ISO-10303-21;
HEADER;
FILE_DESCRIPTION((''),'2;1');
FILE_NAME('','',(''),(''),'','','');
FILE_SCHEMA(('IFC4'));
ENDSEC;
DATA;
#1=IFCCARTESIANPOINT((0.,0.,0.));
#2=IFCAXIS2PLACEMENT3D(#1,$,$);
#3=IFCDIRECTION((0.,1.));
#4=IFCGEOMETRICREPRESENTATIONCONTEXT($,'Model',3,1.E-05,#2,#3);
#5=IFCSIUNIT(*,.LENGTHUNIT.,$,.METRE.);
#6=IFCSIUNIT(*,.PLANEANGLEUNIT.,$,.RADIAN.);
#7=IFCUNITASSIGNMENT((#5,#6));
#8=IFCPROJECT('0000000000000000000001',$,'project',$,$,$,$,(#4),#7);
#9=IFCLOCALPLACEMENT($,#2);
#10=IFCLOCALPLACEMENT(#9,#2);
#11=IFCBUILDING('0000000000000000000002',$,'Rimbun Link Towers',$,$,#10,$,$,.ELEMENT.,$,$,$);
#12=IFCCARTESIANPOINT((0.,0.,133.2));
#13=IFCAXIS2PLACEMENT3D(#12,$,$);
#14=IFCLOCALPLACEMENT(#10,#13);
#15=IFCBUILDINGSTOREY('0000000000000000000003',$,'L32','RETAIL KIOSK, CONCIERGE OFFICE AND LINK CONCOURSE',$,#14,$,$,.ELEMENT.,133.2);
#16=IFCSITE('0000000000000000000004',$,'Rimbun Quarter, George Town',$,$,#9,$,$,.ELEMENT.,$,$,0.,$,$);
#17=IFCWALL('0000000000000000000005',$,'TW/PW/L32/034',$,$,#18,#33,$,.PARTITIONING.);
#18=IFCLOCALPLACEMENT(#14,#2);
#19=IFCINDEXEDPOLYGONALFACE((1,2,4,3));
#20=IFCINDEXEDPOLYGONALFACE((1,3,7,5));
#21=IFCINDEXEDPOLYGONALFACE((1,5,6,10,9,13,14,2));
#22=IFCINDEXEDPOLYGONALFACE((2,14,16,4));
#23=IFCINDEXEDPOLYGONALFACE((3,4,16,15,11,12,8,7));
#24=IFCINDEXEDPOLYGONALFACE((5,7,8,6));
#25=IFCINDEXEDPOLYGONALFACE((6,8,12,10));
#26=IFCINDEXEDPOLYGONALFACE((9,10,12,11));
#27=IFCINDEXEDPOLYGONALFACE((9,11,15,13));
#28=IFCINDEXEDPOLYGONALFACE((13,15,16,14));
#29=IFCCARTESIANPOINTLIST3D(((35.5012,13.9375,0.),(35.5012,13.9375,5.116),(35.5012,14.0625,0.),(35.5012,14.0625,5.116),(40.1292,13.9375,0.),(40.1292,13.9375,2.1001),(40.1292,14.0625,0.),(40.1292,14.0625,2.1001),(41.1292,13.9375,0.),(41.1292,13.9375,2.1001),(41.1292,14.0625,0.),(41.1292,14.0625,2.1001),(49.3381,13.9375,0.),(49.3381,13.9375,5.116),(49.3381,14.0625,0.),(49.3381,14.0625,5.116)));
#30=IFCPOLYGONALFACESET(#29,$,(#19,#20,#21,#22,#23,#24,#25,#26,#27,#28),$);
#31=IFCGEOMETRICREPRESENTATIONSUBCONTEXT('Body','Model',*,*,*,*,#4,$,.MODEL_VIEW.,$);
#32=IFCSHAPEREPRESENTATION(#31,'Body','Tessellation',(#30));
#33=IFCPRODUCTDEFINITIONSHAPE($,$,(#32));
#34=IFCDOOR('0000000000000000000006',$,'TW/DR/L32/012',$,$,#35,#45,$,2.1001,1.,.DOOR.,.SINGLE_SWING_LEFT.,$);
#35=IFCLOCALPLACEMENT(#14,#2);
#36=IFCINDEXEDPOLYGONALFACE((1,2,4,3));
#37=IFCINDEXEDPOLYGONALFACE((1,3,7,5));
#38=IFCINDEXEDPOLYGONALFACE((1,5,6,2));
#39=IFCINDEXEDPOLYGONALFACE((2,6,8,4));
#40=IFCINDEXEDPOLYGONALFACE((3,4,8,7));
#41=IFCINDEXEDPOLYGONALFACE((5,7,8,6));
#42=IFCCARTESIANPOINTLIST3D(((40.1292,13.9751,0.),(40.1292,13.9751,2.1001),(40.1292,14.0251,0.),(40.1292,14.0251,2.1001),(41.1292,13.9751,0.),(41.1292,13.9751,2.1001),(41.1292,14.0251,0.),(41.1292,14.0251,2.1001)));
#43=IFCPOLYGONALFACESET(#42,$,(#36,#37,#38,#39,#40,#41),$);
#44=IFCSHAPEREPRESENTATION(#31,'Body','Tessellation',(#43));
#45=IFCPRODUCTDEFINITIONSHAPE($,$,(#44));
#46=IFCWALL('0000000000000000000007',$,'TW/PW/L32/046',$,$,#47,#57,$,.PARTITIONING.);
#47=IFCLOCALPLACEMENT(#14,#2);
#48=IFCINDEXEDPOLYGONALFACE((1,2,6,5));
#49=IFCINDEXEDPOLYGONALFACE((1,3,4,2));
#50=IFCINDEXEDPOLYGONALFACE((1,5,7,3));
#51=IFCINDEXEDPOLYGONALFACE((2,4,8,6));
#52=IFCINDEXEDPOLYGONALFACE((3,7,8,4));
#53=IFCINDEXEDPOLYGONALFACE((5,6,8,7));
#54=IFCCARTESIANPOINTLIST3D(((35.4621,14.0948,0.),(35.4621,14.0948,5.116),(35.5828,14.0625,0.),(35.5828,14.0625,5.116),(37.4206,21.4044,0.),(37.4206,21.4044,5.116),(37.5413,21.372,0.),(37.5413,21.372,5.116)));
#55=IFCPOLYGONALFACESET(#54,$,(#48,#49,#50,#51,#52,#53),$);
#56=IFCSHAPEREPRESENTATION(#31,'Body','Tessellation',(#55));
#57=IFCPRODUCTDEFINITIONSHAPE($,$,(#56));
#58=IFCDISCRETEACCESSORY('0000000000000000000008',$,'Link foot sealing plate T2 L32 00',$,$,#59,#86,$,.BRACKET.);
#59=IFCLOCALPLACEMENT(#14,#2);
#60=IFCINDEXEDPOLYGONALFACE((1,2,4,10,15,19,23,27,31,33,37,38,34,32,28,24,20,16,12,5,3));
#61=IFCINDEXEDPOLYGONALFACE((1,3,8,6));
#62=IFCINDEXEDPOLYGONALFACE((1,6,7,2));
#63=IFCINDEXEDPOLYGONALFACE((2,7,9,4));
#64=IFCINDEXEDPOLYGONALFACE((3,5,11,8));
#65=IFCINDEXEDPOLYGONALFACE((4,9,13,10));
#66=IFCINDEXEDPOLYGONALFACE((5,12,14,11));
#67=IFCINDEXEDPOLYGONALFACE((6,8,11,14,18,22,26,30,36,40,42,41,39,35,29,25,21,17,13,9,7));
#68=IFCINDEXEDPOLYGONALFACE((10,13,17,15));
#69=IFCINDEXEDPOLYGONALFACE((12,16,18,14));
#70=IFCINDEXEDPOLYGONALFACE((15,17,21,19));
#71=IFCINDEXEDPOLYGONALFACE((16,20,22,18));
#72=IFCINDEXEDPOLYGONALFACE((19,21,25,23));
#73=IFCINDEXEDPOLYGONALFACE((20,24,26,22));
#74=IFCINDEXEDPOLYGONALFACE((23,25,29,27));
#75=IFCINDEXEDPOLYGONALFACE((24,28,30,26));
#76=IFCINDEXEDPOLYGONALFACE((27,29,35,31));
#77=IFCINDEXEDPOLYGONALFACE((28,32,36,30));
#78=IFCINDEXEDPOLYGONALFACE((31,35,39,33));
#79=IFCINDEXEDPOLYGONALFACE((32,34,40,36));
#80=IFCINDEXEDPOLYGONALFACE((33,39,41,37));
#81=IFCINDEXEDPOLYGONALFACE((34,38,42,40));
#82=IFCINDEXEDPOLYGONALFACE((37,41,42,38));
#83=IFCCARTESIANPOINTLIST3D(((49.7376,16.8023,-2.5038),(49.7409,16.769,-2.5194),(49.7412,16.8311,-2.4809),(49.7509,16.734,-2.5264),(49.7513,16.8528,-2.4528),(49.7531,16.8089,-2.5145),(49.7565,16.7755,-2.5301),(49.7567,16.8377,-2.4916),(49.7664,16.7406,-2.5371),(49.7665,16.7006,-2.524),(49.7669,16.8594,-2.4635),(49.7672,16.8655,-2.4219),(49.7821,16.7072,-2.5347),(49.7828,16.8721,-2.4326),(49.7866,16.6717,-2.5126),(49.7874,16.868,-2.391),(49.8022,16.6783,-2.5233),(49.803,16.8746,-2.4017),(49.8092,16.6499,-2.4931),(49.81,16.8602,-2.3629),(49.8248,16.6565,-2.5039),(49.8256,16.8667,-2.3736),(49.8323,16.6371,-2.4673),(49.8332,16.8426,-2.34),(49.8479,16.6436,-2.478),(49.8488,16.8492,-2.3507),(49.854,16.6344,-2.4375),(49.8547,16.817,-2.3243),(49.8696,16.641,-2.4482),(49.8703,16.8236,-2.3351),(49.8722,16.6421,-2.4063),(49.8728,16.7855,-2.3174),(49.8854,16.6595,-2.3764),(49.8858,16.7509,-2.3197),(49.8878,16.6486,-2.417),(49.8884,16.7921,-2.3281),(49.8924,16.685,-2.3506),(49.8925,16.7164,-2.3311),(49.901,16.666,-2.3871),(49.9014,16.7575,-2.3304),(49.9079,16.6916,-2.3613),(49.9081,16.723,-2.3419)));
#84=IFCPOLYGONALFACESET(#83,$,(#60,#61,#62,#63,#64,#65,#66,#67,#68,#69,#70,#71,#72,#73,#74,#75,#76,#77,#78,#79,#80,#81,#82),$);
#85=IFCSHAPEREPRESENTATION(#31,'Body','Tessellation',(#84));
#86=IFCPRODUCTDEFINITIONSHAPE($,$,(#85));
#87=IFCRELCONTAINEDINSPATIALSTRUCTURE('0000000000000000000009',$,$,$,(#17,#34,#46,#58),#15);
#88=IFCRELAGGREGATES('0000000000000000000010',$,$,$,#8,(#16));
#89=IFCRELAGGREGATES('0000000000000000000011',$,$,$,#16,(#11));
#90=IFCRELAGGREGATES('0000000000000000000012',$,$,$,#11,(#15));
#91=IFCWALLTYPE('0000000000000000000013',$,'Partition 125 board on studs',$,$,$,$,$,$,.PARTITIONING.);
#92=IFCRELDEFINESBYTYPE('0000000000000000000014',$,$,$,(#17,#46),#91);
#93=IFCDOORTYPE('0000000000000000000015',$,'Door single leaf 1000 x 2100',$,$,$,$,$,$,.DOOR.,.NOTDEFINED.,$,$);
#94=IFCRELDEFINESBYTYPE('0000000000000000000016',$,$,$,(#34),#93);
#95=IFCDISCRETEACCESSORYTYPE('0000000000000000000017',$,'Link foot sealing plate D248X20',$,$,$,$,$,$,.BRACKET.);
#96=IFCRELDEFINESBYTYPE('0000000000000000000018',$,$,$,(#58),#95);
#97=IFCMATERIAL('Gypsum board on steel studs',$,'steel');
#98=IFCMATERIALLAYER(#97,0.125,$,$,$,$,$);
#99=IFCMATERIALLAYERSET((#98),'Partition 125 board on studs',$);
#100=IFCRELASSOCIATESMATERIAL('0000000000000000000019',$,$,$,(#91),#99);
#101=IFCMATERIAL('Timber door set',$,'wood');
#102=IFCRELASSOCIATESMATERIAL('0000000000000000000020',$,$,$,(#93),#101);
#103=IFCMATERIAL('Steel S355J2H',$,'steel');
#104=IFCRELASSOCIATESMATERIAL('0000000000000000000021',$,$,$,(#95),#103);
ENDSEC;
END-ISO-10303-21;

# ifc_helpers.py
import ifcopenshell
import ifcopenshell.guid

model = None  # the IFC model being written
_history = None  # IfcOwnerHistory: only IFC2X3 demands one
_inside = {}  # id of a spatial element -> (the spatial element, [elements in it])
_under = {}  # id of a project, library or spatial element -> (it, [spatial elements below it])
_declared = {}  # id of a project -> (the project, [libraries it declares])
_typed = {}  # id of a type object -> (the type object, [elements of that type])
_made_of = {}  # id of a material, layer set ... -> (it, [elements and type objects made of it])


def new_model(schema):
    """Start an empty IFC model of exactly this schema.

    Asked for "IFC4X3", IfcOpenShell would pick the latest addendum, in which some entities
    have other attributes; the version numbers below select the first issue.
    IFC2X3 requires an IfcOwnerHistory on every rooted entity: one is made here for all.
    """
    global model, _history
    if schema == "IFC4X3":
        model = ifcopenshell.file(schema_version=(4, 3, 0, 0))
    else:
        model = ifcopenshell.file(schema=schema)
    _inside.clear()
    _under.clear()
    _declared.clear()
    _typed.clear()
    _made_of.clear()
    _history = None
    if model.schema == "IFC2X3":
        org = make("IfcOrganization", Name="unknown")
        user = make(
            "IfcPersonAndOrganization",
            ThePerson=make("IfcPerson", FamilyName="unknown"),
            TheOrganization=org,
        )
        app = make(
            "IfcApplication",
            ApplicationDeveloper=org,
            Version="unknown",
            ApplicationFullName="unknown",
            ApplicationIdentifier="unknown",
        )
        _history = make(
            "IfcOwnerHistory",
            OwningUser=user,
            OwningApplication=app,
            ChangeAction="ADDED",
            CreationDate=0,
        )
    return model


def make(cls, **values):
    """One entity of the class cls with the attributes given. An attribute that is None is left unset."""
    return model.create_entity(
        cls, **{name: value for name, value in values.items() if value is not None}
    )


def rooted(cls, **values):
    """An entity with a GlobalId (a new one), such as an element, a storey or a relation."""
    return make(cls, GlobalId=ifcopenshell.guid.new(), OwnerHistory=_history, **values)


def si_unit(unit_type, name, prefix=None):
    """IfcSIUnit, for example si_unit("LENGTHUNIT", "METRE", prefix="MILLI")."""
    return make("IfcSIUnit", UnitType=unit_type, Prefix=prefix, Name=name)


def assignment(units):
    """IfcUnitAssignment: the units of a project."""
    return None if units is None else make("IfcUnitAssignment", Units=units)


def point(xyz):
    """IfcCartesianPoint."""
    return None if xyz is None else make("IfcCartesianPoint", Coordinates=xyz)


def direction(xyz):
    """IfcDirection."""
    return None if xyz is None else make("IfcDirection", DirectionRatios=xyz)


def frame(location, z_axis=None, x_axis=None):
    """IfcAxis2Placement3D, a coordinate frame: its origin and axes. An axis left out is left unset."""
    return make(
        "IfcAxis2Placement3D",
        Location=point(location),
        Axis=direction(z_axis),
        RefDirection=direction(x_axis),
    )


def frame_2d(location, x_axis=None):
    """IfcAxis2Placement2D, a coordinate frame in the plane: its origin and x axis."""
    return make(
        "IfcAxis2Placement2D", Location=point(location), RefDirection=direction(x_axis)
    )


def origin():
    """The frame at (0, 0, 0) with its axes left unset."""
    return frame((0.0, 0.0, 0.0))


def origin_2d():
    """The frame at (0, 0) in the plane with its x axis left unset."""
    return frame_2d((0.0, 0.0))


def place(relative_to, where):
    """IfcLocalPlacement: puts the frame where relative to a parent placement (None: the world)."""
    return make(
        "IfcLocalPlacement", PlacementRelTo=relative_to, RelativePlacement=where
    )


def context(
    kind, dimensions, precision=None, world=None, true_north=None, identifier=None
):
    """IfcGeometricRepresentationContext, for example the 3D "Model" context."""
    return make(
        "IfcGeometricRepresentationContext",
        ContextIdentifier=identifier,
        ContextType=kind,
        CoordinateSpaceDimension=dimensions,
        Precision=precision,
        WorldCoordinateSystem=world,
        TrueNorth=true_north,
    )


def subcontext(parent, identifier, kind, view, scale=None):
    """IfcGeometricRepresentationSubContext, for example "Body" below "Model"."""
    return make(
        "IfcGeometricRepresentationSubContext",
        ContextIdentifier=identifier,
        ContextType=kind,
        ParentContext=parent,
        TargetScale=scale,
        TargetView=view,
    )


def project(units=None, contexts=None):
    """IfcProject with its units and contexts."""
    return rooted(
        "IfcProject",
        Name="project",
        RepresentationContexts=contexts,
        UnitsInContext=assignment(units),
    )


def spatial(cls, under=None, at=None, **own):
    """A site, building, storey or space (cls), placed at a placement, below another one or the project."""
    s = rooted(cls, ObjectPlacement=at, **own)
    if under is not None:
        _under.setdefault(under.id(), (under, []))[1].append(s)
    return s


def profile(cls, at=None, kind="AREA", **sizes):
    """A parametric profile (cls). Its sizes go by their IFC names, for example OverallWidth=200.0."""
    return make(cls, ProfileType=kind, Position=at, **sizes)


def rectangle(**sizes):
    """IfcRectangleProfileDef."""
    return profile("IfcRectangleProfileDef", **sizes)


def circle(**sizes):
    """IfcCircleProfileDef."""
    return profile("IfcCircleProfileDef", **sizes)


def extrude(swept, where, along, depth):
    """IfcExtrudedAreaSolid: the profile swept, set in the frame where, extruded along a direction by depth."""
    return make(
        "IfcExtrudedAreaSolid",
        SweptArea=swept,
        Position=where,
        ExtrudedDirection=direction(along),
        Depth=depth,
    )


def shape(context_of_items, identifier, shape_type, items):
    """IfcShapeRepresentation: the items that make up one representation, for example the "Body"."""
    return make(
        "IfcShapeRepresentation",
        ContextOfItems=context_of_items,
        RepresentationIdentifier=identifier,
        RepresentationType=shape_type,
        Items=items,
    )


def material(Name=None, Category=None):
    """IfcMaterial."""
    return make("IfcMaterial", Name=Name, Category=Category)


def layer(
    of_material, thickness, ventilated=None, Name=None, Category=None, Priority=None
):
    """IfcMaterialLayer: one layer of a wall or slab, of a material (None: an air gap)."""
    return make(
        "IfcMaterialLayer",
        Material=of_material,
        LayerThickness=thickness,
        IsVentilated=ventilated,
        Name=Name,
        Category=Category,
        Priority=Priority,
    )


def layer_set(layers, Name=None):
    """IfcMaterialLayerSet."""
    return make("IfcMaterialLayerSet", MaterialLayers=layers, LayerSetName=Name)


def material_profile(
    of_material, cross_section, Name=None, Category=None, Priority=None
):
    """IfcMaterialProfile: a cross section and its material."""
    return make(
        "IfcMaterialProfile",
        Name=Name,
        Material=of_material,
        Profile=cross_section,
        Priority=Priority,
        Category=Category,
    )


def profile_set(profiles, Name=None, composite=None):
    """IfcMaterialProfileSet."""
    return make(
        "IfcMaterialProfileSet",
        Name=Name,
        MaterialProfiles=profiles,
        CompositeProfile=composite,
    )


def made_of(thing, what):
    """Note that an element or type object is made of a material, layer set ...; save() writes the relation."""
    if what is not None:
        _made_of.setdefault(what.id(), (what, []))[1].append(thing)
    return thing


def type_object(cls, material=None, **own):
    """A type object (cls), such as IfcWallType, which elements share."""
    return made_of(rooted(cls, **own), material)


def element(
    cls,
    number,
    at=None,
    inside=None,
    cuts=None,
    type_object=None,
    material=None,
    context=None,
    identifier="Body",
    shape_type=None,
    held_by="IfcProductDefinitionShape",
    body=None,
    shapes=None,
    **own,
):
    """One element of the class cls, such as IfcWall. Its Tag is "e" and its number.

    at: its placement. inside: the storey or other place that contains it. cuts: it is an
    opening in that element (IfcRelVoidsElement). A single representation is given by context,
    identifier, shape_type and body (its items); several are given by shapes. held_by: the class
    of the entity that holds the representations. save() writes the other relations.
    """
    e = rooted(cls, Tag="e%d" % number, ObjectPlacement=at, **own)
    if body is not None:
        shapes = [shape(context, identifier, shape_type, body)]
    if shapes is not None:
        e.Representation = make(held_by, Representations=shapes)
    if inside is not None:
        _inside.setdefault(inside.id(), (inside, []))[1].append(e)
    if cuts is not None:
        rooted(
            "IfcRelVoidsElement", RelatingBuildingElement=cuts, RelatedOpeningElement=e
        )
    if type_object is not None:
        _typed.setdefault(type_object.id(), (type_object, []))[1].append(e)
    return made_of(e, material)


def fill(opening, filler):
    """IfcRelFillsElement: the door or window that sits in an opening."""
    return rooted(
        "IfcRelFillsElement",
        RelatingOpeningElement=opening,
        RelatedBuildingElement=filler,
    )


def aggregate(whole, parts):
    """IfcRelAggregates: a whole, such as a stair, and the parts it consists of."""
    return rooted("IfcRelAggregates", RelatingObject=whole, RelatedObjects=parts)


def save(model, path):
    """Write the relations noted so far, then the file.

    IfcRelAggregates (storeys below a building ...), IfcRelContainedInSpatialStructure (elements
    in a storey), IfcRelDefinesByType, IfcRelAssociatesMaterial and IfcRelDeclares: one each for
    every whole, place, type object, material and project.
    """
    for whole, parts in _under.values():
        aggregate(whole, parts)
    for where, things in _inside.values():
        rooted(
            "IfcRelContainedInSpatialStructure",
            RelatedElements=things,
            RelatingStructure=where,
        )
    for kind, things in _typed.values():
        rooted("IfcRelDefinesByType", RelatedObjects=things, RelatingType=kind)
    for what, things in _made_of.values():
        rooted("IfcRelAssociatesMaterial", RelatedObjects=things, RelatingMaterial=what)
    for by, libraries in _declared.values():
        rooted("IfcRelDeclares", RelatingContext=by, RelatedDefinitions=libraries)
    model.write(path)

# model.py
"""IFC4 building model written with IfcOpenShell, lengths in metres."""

from ifc_helpers import new_model, si_unit, direction, frame, frame_2d, origin, origin_2d, place, context, subcontext, project, spatial, rectangle, circle, extrude, material, layer, layer_set, material_profile, profile_set, type_object, element, fill, save


model = new_model("IFC4")

# Units and contexts
model_context = context("Model", 3, precision=1e-05, world=origin(), true_north=direction((0.0, 1.0)))
body_context = subcontext(model_context, "Body", "Model", "MODEL_VIEW")
ifc_project = project(units=[si_unit("LENGTHUNIT", "METRE"), si_unit("PLANEANGLEUNIT", "RADIAN")], contexts=[model_context])

# Site, building, storey
site_placement = place(None, origin())
site = spatial("IfcSite", under=ifc_project, at=site_placement, Name="Rimbun Quarter, George Town", CompositionType="ELEMENT", RefElevation=0.0)
building_placement = place(site_placement, origin())
building = spatial("IfcBuilding", under=site, at=building_placement, Name="Rimbun Link Towers", CompositionType="ELEMENT")
storey_placement = place(building_placement, frame((0.0, 0.0, 133.2)))
storey = spatial("IfcBuildingStorey", under=building, at=storey_placement, Name="L32", Description="RETAIL KIOSK, CONCIERGE OFFICE AND LINK CONCOURSE", CompositionType="ELEMENT", Elevation=133.2)

# Wall, opening, door
ifc_material_1 = material(Name="Gypsum board on steel studs", Category="steel")
ifc_layer_1 = layer(ifc_material_1, 0.125)
ifc_layer_set_1 = layer_set([ifc_layer_1], Name="Partition 125 board on studs")
wall_type = type_object("IfcWallType", Name="Partition 125 board on studs", PredefinedType="PARTITIONING", material=ifc_layer_set_1)
wall_1_placement = place(storey_placement, frame((49.3381, 14.0, 0.0), z_axis=(0.0, 0.0, 1.0), x_axis=(-1.0, 0.0, 0.0)))
wall_1 = element("IfcWall", 1, at=wall_1_placement, inside=storey, type_object=wall_type, Name="TW/PW/L32/034", PredefinedType="PARTITIONING", context=body_context, shape_type="SweptSolid", body=[
    extrude(rectangle(XDim=13.8369, YDim=0.125, at=frame_2d((6.9185, 0.0))), origin(), (0.0, 0.0, 1.0), 5.116),
])
opening_placement = place(wall_1_placement, frame((8.209, 0.0, 0.0)))
opening = element("IfcOpeningElement", 2, at=opening_placement, cuts=wall_1, PredefinedType="OPENING", context=body_context, shape_type="SweptSolid", body=[
    extrude(rectangle(XDim=1.0, YDim=2.1001, at=frame_2d((0.5, 1.05))), frame((0.0, 0.0725, 0.0), z_axis=(0.0, -1.0, 0.0), x_axis=(1.0, 0.0, 0.0)), (0.0, 0.0, 1.0), 0.145),
])
ifc_material_2 = material(Name="Timber door set", Category="wood")
door_type = type_object("IfcDoorType", Name="Door single leaf 1000 x 2100", OperationType="NOTDEFINED", PredefinedType="DOOR", material=ifc_material_2)
door_placement = place(opening_placement, origin())
door = element("IfcDoor", 3, at=door_placement, inside=storey, type_object=door_type, Name="TW/DR/L32/012", OperationType="SINGLE_SWING_LEFT", OverallHeight=2.1001, OverallWidth=1.0, PredefinedType="DOOR", context=body_context, shape_type="SweptSolid", body=[
    extrude(rectangle(XDim=1.0, YDim=2.1001, at=frame_2d((0.5, 1.05))), frame((0.0, 0.0249, 0.0), z_axis=(0.0, -1.0, 0.0), x_axis=(1.0, 0.0, 0.0)), (0.0, 0.0, 1.0), 0.05),
])
fill(opening, door)

# Wall
wall_2_placement = place(storey_placement, frame((37.481, 21.3882, 0.0), z_axis=(0.0, 0.0, 1.0), x_axis=(-0.258807, -0.965929, 0.0)))
element("IfcWall", 4, at=wall_2_placement, inside=storey, type_object=wall_type, Name="TW/PW/L32/046", PredefinedType="PARTITIONING", context=body_context, shape_type="SweptSolid", body=[
    extrude(rectangle(XDim=7.5674, YDim=0.125, at=frame_2d((3.7837, 0.0))), origin(), (0.0, 0.0, 1.0), 5.116),
])

# Discrete accessory
ifc_material_3 = material(Name="Steel S355J2H", Category="steel")
ifc_material_profile_1 = material_profile(ifc_material_3, circle(Radius=0.124, at=origin_2d()), Name="PL D248")
ifc_profile_set_1 = profile_set([ifc_material_profile_1], Name="Steel S355J2H")
discrete_accessory_type = type_object("IfcDiscreteAccessoryType", Name="Link foot sealing plate D248X20", PredefinedType="BRACKET", material=ifc_profile_set_1)
discrete_accessory_placement = place(storey_placement, frame((49.8154, 16.7512, -2.4219), z_axis=(0.778349, 0.328366, -0.535115), x_axis=(-0.388701, 0.921364, 0.0)))
element("IfcDiscreteAccessory", 5, at=discrete_accessory_placement, inside=storey, type_object=discrete_accessory_type, Name="Link foot sealing plate T2 L32 00", PredefinedType="BRACKET", context=body_context, shape_type="SweptSolid", body=[
    extrude(circle(Radius=0.124, at=origin_2d()), origin(), (0.0, 0.0, 1.0), 0.02),
])

save(model, "model.ifc")
